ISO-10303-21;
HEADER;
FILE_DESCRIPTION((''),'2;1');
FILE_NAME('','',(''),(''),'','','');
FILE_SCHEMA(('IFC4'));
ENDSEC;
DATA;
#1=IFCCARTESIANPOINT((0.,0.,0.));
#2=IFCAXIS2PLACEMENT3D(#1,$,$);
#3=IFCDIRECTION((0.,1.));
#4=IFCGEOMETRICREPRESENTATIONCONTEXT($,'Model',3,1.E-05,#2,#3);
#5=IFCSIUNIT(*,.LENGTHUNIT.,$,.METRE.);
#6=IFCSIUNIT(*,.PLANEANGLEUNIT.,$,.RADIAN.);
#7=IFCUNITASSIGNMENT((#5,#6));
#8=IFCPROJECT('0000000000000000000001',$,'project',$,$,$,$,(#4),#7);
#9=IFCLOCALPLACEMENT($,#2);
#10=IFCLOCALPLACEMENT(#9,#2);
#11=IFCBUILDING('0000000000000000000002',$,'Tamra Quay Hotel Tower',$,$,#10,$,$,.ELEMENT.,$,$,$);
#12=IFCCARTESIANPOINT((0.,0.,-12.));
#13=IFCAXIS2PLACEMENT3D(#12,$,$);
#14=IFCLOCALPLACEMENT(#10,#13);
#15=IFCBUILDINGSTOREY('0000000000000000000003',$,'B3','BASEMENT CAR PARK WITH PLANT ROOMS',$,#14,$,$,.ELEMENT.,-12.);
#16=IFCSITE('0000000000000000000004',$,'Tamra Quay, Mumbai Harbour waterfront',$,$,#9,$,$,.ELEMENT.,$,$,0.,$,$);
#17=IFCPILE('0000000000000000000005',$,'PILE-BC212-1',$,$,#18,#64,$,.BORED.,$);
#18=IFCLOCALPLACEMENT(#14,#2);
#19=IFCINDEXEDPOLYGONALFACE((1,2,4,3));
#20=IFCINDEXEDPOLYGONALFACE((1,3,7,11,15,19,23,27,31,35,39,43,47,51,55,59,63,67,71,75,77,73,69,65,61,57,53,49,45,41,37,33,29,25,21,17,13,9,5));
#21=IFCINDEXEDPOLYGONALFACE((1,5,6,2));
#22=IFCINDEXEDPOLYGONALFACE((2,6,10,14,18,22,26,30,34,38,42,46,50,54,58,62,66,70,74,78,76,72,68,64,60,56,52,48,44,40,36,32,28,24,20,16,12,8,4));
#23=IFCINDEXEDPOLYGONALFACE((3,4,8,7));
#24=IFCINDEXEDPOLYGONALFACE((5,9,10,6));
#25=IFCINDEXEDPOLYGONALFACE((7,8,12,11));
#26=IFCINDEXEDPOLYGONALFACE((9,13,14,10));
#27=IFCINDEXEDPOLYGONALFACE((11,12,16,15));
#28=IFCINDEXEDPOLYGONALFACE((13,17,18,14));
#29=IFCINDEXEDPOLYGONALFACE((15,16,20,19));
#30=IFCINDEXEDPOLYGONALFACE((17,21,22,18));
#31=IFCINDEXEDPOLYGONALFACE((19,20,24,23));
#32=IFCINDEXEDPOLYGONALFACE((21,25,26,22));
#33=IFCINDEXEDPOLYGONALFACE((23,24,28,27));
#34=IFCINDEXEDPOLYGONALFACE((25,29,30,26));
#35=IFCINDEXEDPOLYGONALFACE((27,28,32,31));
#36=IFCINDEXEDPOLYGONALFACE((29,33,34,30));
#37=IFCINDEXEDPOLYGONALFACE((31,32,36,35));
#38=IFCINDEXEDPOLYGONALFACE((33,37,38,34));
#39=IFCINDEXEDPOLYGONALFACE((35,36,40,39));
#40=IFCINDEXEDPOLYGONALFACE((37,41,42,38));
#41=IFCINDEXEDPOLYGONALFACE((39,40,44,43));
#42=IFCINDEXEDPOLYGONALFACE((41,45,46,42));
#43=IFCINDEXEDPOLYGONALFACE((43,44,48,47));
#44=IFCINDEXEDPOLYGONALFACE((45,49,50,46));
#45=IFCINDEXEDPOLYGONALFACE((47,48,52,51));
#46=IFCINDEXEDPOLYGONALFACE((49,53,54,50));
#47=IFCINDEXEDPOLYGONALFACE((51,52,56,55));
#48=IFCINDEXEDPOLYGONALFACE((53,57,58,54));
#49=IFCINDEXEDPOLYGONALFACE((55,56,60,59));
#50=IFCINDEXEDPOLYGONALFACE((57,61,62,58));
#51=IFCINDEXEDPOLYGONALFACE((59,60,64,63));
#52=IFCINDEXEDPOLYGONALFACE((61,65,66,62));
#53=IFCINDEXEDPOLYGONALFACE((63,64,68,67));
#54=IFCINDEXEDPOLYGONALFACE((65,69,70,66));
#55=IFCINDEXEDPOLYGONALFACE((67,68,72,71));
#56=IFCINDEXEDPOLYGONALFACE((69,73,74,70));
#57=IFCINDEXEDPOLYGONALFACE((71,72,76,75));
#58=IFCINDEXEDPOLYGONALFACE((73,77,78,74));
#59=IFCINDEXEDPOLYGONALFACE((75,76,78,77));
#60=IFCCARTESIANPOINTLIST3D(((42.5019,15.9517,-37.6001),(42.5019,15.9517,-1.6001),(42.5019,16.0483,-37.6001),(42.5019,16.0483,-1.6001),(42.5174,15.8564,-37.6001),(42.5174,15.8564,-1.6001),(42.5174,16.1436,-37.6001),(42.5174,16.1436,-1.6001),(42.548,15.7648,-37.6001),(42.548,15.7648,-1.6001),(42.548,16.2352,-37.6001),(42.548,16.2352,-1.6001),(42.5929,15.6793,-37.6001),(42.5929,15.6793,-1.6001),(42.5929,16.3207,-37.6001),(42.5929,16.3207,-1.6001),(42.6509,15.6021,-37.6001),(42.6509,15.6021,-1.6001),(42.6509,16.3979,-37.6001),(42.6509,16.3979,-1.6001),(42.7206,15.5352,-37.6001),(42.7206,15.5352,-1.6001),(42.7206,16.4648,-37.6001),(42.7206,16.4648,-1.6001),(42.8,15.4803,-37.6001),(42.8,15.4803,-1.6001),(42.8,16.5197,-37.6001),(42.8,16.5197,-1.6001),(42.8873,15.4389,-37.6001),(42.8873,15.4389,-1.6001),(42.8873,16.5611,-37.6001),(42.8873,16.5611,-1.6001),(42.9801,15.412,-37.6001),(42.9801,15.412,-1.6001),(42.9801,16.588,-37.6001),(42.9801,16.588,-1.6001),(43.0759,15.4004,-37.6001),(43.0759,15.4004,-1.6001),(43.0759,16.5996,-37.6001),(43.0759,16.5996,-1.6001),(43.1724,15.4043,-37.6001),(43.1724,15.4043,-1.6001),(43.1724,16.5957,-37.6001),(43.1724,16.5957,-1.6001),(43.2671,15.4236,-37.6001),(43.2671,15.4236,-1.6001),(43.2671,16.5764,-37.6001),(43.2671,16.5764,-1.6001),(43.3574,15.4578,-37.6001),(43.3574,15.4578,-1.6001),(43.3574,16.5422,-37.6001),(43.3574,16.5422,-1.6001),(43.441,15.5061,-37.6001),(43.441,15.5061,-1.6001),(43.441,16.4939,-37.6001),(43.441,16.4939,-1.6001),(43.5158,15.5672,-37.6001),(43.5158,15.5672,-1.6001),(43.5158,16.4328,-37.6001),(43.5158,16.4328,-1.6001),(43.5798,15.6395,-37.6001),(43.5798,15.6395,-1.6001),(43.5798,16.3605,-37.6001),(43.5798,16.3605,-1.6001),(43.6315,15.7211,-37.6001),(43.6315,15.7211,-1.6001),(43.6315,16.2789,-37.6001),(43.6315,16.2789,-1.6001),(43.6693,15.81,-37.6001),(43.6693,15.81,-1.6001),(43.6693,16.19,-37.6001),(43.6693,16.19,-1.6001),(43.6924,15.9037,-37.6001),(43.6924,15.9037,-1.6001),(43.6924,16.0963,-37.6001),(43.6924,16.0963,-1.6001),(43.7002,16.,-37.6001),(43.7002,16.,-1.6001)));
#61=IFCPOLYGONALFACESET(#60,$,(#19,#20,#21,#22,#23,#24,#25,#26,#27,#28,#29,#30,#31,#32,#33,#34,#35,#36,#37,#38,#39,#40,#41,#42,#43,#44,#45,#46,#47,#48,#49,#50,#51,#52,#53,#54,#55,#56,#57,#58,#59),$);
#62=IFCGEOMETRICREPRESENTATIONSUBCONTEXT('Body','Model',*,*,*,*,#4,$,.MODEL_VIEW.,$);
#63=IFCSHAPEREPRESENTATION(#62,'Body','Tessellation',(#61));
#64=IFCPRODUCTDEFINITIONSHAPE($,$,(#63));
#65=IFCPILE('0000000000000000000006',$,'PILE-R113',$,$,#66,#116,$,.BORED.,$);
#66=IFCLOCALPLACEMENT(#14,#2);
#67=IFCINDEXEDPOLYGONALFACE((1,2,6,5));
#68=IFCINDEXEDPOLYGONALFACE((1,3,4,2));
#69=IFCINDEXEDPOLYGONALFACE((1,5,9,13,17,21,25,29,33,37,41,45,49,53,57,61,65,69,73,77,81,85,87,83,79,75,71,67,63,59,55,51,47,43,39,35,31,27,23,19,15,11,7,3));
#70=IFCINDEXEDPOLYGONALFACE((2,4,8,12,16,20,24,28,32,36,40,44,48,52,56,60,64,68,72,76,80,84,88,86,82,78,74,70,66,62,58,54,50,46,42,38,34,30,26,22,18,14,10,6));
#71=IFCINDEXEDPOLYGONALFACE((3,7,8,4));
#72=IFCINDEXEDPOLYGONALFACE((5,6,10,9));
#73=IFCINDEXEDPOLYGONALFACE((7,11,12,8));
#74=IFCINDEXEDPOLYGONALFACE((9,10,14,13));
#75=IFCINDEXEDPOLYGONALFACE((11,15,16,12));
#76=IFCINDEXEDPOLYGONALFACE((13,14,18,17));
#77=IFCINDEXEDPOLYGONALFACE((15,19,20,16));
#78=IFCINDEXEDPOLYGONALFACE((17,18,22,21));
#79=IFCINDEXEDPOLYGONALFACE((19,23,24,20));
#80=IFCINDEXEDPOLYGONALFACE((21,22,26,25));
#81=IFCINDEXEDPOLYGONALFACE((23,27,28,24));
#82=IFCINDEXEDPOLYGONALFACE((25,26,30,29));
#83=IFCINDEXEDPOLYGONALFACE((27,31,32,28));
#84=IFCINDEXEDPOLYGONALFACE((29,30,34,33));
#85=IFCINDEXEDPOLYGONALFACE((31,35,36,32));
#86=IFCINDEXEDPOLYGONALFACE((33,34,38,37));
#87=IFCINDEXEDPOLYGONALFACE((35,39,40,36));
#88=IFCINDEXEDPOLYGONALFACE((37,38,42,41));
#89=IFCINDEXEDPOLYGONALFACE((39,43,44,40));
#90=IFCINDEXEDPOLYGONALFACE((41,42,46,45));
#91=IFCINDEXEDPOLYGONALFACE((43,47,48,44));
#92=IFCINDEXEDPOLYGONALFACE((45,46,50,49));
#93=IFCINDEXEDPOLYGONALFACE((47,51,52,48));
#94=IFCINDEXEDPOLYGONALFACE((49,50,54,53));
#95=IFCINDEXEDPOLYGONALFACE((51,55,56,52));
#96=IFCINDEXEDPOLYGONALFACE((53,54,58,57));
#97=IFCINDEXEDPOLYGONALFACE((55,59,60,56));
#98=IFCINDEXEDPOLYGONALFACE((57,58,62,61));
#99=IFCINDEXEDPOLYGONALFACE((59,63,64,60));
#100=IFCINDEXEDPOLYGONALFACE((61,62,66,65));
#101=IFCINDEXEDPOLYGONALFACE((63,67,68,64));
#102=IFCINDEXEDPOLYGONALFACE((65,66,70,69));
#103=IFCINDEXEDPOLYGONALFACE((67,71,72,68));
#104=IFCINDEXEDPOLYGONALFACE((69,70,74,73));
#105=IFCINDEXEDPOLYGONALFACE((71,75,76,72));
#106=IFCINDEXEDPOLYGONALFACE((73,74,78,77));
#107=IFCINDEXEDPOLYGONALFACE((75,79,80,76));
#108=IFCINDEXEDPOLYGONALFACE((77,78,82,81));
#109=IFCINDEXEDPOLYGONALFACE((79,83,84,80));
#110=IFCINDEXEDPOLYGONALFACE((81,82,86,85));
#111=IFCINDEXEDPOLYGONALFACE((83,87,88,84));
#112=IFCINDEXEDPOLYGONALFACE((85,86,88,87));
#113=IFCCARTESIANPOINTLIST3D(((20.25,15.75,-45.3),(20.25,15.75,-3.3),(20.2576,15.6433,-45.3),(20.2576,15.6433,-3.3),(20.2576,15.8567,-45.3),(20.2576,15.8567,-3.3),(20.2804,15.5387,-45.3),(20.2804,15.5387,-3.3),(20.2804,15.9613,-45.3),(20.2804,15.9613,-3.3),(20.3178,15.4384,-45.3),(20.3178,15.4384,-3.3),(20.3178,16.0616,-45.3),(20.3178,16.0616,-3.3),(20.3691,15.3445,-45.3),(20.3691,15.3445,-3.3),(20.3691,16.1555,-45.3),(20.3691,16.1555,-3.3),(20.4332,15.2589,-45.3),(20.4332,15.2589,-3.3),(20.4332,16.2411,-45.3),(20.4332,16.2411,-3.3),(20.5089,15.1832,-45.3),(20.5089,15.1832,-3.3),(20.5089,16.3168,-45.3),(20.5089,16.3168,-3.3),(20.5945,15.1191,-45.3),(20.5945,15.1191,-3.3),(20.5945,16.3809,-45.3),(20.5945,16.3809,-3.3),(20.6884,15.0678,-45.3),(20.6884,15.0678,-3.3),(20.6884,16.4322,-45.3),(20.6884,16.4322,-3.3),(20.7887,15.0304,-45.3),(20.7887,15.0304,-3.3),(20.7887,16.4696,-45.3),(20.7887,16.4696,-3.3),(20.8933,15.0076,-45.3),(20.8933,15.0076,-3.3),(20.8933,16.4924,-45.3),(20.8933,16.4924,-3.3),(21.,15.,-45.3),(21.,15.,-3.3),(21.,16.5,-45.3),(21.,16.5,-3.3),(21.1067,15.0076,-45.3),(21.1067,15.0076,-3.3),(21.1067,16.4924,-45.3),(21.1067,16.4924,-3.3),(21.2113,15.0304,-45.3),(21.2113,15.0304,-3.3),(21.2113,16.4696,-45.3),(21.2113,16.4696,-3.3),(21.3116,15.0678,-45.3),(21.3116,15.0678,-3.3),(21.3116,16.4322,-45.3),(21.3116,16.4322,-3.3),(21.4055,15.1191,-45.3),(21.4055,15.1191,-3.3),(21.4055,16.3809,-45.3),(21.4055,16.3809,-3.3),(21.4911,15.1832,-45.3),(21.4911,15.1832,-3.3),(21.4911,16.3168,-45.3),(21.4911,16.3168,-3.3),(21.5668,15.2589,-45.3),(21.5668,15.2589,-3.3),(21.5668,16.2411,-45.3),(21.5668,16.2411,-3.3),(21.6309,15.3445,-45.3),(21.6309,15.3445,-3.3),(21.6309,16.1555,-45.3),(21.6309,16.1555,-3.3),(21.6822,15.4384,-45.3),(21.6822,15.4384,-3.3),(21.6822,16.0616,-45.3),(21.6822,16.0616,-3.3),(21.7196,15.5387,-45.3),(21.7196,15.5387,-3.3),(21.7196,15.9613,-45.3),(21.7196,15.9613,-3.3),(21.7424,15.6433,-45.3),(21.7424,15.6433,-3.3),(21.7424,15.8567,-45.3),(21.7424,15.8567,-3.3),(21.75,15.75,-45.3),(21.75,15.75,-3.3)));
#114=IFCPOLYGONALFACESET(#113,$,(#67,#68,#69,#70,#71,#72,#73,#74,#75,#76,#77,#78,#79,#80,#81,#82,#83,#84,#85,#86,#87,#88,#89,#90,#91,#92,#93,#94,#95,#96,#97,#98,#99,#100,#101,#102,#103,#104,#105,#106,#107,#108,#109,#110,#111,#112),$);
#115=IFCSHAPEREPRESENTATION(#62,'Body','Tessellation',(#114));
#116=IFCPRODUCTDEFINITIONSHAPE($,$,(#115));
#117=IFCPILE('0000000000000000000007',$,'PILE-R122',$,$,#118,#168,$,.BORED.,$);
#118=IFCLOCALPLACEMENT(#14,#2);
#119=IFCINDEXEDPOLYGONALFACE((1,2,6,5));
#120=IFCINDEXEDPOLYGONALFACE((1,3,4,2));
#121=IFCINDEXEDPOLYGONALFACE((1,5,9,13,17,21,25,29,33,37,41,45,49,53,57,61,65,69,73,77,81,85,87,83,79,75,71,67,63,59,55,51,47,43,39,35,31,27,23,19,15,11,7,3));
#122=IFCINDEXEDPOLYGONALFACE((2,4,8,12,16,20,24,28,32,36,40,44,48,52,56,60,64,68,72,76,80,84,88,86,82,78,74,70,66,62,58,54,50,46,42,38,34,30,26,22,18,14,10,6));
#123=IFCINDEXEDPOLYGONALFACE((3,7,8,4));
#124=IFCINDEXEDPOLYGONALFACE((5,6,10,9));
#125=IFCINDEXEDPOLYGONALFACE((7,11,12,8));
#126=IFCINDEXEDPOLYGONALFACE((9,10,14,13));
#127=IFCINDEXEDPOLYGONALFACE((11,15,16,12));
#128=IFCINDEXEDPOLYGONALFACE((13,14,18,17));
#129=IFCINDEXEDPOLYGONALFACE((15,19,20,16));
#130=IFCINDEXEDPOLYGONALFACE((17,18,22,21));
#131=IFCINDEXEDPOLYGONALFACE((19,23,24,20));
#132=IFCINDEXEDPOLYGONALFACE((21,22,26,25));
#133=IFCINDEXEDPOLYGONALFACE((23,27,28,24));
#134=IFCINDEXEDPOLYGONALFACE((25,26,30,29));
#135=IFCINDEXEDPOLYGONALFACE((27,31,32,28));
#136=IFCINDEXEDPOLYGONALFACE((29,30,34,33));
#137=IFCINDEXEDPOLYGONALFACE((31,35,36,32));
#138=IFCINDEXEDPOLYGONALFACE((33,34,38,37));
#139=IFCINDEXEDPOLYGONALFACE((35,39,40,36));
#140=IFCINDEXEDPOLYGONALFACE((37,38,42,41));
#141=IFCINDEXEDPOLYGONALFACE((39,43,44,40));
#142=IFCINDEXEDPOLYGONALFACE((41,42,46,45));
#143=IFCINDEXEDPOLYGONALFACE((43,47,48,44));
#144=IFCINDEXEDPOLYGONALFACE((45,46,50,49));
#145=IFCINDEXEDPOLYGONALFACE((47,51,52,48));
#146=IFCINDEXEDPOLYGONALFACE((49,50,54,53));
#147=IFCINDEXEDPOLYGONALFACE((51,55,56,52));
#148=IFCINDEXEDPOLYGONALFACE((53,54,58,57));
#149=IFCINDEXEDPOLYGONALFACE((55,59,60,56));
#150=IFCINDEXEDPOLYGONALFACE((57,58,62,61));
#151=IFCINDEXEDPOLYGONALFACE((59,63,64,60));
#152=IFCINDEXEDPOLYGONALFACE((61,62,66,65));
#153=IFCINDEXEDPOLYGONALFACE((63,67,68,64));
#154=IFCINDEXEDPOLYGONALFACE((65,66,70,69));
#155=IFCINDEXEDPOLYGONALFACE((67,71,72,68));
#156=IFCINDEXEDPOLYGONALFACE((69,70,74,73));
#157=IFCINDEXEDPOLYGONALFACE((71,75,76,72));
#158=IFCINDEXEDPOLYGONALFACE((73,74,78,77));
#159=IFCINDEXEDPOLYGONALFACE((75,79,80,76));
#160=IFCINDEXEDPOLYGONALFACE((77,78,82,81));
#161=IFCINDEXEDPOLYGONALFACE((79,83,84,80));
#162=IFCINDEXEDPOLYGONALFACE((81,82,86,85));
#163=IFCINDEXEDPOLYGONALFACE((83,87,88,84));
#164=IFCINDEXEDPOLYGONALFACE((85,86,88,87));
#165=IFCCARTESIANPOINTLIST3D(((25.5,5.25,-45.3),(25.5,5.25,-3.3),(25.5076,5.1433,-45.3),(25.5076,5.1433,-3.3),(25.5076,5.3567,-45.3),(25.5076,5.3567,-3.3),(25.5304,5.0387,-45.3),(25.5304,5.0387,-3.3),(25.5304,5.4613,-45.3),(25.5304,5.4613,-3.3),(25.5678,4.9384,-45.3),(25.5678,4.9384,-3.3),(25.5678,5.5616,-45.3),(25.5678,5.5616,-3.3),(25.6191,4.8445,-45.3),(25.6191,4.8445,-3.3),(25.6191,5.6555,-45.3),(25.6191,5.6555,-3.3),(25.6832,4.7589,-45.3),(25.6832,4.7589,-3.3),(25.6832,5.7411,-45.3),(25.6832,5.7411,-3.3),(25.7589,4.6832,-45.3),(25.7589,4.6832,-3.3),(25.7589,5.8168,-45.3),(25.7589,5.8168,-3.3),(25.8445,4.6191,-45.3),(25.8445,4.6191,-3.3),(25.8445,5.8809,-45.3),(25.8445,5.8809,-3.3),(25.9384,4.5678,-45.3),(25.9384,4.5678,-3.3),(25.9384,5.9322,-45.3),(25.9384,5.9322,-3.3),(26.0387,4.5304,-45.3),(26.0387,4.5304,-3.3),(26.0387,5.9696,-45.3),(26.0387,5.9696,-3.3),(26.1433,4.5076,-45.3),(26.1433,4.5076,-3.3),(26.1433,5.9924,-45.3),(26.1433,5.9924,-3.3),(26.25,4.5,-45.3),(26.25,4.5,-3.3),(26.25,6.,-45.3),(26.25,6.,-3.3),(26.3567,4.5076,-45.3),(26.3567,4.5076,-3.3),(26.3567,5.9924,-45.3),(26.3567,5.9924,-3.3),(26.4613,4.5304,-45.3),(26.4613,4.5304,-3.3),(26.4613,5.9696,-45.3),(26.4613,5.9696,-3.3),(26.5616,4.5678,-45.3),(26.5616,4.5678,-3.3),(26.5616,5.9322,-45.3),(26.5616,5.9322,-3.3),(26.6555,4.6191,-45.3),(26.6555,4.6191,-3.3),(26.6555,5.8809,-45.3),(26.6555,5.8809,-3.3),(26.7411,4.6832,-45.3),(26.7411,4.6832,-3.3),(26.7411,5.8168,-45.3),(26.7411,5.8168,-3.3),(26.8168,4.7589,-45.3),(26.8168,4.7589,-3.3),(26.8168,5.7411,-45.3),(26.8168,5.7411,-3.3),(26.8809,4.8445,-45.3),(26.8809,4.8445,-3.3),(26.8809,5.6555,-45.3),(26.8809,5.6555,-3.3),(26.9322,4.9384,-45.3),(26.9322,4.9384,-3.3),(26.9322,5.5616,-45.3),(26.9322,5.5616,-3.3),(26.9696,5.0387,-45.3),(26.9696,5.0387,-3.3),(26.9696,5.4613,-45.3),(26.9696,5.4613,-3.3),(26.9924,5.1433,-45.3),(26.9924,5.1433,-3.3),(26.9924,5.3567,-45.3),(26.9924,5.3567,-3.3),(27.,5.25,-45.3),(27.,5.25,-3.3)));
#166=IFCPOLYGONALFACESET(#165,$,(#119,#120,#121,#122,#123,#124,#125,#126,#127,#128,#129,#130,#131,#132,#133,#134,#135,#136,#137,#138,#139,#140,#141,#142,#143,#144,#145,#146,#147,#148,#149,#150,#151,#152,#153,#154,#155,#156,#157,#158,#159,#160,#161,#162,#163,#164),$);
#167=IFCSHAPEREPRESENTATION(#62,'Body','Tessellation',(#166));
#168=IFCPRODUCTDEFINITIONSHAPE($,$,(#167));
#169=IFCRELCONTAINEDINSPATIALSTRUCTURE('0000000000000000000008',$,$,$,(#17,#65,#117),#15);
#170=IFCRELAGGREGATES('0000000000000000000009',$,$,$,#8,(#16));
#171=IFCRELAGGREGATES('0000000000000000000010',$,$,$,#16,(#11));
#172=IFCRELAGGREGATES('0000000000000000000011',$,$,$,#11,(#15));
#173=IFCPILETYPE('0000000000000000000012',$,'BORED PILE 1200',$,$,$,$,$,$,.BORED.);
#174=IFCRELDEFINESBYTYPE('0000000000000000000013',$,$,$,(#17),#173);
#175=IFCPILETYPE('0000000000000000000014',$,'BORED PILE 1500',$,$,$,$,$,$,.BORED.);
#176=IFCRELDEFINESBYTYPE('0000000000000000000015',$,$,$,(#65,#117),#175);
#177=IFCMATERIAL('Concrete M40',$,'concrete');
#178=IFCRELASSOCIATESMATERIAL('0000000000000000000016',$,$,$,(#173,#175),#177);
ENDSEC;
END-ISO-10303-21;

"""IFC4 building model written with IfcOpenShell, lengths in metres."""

from ifc_helpers import new_model, si_unit, direction, frame, origin, origin_2d, place, context, subcontext, project, spatial, circle, extrude, material, material_profile, profile_set, type_object, element, save


model = new_model("IFC4")

# Units and contexts
model_context = context("Model", 3, precision=1e-05, world=origin(), true_north=direction((0.0, 1.0)))
body_context = subcontext(model_context, "Body", "Model", "MODEL_VIEW")
ifc_project = project(units=[si_unit("LENGTHUNIT", "METRE"), si_unit("PLANEANGLEUNIT", "RADIAN")], contexts=[model_context])

# Site, building, storey
site_placement = place(None, origin())
site = spatial("IfcSite", under=ifc_project, at=site_placement, Name="Tamra Quay, Mumbai Harbour waterfront", CompositionType="ELEMENT", RefElevation=0.0)
building_placement = place(site_placement, origin())
building = spatial("IfcBuilding", under=site, at=building_placement, Name="Tamra Quay Hotel Tower", CompositionType="ELEMENT")
storey_placement = place(building_placement, frame((0.0, 0.0, -12.0)))
storey = spatial("IfcBuildingStorey", under=building, at=storey_placement, Name="B3", Description="BASEMENT CAR PARK WITH PLANT ROOMS", CompositionType="ELEMENT", Elevation=-12.0)

# Piles
ifc_material_1 = material(Name="Concrete M40", Category="concrete")
ifc_material_profile_1 = material_profile(ifc_material_1, circle(Radius=0.6001, at=origin_2d()), Name="BORED PILE 1200")
ifc_profile_set_1 = profile_set([ifc_material_profile_1], Name="Concrete M40")
pile_type_1 = type_object("IfcPileType", Name="BORED PILE 1200", PredefinedType="BORED", material=ifc_profile_set_1)
for number, where, z_axis, x_axis, name in (
    (1, (43.1001, 16.0, -1.6001), (0.0, 0.0, -1.0), (1.0, 0.0, 0.0), "PILE-BC212-1"),
):
    element("IfcPile", number, at=place(storey_placement, frame(where, z_axis=z_axis, x_axis=x_axis)), inside=storey, type_object=pile_type_1, Name=name, PredefinedType="BORED", context=body_context, shape_type="SweptSolid", body=[
        extrude(circle(Radius=0.6001, at=origin_2d()), origin(), (0.0, 0.0, 1.0), 36.0),
    ])
ifc_material_profile_2 = material_profile(ifc_material_1, circle(Radius=0.75, at=origin_2d()), Name="BORED PILE 1500")
ifc_profile_set_2 = profile_set([ifc_material_profile_2], Name="Concrete M40")
pile_type_2 = type_object("IfcPileType", Name="BORED PILE 1500", PredefinedType="BORED", material=ifc_profile_set_2)
for number, where, z_axis, x_axis, name in (
    (2, (21.0, 15.75, -3.3), (0.0, 0.0, -1.0), (1.0, 0.0, 0.0), "PILE-R113"),
    (3, (26.25, 5.25, -3.3), (0.0, 0.0, -1.0), (1.0, 0.0, 0.0), "PILE-R122"),
):
    element("IfcPile", number, at=place(storey_placement, frame(where, z_axis=z_axis, x_axis=x_axis)), inside=storey, type_object=pile_type_2, Name=name, PredefinedType="BORED", context=body_context, shape_type="SweptSolid", body=[
        extrude(circle(Radius=0.75, at=origin_2d()), origin(), (0.0, 0.0, 1.0), 42.0),
    ])

save(model, "model.ifc")
